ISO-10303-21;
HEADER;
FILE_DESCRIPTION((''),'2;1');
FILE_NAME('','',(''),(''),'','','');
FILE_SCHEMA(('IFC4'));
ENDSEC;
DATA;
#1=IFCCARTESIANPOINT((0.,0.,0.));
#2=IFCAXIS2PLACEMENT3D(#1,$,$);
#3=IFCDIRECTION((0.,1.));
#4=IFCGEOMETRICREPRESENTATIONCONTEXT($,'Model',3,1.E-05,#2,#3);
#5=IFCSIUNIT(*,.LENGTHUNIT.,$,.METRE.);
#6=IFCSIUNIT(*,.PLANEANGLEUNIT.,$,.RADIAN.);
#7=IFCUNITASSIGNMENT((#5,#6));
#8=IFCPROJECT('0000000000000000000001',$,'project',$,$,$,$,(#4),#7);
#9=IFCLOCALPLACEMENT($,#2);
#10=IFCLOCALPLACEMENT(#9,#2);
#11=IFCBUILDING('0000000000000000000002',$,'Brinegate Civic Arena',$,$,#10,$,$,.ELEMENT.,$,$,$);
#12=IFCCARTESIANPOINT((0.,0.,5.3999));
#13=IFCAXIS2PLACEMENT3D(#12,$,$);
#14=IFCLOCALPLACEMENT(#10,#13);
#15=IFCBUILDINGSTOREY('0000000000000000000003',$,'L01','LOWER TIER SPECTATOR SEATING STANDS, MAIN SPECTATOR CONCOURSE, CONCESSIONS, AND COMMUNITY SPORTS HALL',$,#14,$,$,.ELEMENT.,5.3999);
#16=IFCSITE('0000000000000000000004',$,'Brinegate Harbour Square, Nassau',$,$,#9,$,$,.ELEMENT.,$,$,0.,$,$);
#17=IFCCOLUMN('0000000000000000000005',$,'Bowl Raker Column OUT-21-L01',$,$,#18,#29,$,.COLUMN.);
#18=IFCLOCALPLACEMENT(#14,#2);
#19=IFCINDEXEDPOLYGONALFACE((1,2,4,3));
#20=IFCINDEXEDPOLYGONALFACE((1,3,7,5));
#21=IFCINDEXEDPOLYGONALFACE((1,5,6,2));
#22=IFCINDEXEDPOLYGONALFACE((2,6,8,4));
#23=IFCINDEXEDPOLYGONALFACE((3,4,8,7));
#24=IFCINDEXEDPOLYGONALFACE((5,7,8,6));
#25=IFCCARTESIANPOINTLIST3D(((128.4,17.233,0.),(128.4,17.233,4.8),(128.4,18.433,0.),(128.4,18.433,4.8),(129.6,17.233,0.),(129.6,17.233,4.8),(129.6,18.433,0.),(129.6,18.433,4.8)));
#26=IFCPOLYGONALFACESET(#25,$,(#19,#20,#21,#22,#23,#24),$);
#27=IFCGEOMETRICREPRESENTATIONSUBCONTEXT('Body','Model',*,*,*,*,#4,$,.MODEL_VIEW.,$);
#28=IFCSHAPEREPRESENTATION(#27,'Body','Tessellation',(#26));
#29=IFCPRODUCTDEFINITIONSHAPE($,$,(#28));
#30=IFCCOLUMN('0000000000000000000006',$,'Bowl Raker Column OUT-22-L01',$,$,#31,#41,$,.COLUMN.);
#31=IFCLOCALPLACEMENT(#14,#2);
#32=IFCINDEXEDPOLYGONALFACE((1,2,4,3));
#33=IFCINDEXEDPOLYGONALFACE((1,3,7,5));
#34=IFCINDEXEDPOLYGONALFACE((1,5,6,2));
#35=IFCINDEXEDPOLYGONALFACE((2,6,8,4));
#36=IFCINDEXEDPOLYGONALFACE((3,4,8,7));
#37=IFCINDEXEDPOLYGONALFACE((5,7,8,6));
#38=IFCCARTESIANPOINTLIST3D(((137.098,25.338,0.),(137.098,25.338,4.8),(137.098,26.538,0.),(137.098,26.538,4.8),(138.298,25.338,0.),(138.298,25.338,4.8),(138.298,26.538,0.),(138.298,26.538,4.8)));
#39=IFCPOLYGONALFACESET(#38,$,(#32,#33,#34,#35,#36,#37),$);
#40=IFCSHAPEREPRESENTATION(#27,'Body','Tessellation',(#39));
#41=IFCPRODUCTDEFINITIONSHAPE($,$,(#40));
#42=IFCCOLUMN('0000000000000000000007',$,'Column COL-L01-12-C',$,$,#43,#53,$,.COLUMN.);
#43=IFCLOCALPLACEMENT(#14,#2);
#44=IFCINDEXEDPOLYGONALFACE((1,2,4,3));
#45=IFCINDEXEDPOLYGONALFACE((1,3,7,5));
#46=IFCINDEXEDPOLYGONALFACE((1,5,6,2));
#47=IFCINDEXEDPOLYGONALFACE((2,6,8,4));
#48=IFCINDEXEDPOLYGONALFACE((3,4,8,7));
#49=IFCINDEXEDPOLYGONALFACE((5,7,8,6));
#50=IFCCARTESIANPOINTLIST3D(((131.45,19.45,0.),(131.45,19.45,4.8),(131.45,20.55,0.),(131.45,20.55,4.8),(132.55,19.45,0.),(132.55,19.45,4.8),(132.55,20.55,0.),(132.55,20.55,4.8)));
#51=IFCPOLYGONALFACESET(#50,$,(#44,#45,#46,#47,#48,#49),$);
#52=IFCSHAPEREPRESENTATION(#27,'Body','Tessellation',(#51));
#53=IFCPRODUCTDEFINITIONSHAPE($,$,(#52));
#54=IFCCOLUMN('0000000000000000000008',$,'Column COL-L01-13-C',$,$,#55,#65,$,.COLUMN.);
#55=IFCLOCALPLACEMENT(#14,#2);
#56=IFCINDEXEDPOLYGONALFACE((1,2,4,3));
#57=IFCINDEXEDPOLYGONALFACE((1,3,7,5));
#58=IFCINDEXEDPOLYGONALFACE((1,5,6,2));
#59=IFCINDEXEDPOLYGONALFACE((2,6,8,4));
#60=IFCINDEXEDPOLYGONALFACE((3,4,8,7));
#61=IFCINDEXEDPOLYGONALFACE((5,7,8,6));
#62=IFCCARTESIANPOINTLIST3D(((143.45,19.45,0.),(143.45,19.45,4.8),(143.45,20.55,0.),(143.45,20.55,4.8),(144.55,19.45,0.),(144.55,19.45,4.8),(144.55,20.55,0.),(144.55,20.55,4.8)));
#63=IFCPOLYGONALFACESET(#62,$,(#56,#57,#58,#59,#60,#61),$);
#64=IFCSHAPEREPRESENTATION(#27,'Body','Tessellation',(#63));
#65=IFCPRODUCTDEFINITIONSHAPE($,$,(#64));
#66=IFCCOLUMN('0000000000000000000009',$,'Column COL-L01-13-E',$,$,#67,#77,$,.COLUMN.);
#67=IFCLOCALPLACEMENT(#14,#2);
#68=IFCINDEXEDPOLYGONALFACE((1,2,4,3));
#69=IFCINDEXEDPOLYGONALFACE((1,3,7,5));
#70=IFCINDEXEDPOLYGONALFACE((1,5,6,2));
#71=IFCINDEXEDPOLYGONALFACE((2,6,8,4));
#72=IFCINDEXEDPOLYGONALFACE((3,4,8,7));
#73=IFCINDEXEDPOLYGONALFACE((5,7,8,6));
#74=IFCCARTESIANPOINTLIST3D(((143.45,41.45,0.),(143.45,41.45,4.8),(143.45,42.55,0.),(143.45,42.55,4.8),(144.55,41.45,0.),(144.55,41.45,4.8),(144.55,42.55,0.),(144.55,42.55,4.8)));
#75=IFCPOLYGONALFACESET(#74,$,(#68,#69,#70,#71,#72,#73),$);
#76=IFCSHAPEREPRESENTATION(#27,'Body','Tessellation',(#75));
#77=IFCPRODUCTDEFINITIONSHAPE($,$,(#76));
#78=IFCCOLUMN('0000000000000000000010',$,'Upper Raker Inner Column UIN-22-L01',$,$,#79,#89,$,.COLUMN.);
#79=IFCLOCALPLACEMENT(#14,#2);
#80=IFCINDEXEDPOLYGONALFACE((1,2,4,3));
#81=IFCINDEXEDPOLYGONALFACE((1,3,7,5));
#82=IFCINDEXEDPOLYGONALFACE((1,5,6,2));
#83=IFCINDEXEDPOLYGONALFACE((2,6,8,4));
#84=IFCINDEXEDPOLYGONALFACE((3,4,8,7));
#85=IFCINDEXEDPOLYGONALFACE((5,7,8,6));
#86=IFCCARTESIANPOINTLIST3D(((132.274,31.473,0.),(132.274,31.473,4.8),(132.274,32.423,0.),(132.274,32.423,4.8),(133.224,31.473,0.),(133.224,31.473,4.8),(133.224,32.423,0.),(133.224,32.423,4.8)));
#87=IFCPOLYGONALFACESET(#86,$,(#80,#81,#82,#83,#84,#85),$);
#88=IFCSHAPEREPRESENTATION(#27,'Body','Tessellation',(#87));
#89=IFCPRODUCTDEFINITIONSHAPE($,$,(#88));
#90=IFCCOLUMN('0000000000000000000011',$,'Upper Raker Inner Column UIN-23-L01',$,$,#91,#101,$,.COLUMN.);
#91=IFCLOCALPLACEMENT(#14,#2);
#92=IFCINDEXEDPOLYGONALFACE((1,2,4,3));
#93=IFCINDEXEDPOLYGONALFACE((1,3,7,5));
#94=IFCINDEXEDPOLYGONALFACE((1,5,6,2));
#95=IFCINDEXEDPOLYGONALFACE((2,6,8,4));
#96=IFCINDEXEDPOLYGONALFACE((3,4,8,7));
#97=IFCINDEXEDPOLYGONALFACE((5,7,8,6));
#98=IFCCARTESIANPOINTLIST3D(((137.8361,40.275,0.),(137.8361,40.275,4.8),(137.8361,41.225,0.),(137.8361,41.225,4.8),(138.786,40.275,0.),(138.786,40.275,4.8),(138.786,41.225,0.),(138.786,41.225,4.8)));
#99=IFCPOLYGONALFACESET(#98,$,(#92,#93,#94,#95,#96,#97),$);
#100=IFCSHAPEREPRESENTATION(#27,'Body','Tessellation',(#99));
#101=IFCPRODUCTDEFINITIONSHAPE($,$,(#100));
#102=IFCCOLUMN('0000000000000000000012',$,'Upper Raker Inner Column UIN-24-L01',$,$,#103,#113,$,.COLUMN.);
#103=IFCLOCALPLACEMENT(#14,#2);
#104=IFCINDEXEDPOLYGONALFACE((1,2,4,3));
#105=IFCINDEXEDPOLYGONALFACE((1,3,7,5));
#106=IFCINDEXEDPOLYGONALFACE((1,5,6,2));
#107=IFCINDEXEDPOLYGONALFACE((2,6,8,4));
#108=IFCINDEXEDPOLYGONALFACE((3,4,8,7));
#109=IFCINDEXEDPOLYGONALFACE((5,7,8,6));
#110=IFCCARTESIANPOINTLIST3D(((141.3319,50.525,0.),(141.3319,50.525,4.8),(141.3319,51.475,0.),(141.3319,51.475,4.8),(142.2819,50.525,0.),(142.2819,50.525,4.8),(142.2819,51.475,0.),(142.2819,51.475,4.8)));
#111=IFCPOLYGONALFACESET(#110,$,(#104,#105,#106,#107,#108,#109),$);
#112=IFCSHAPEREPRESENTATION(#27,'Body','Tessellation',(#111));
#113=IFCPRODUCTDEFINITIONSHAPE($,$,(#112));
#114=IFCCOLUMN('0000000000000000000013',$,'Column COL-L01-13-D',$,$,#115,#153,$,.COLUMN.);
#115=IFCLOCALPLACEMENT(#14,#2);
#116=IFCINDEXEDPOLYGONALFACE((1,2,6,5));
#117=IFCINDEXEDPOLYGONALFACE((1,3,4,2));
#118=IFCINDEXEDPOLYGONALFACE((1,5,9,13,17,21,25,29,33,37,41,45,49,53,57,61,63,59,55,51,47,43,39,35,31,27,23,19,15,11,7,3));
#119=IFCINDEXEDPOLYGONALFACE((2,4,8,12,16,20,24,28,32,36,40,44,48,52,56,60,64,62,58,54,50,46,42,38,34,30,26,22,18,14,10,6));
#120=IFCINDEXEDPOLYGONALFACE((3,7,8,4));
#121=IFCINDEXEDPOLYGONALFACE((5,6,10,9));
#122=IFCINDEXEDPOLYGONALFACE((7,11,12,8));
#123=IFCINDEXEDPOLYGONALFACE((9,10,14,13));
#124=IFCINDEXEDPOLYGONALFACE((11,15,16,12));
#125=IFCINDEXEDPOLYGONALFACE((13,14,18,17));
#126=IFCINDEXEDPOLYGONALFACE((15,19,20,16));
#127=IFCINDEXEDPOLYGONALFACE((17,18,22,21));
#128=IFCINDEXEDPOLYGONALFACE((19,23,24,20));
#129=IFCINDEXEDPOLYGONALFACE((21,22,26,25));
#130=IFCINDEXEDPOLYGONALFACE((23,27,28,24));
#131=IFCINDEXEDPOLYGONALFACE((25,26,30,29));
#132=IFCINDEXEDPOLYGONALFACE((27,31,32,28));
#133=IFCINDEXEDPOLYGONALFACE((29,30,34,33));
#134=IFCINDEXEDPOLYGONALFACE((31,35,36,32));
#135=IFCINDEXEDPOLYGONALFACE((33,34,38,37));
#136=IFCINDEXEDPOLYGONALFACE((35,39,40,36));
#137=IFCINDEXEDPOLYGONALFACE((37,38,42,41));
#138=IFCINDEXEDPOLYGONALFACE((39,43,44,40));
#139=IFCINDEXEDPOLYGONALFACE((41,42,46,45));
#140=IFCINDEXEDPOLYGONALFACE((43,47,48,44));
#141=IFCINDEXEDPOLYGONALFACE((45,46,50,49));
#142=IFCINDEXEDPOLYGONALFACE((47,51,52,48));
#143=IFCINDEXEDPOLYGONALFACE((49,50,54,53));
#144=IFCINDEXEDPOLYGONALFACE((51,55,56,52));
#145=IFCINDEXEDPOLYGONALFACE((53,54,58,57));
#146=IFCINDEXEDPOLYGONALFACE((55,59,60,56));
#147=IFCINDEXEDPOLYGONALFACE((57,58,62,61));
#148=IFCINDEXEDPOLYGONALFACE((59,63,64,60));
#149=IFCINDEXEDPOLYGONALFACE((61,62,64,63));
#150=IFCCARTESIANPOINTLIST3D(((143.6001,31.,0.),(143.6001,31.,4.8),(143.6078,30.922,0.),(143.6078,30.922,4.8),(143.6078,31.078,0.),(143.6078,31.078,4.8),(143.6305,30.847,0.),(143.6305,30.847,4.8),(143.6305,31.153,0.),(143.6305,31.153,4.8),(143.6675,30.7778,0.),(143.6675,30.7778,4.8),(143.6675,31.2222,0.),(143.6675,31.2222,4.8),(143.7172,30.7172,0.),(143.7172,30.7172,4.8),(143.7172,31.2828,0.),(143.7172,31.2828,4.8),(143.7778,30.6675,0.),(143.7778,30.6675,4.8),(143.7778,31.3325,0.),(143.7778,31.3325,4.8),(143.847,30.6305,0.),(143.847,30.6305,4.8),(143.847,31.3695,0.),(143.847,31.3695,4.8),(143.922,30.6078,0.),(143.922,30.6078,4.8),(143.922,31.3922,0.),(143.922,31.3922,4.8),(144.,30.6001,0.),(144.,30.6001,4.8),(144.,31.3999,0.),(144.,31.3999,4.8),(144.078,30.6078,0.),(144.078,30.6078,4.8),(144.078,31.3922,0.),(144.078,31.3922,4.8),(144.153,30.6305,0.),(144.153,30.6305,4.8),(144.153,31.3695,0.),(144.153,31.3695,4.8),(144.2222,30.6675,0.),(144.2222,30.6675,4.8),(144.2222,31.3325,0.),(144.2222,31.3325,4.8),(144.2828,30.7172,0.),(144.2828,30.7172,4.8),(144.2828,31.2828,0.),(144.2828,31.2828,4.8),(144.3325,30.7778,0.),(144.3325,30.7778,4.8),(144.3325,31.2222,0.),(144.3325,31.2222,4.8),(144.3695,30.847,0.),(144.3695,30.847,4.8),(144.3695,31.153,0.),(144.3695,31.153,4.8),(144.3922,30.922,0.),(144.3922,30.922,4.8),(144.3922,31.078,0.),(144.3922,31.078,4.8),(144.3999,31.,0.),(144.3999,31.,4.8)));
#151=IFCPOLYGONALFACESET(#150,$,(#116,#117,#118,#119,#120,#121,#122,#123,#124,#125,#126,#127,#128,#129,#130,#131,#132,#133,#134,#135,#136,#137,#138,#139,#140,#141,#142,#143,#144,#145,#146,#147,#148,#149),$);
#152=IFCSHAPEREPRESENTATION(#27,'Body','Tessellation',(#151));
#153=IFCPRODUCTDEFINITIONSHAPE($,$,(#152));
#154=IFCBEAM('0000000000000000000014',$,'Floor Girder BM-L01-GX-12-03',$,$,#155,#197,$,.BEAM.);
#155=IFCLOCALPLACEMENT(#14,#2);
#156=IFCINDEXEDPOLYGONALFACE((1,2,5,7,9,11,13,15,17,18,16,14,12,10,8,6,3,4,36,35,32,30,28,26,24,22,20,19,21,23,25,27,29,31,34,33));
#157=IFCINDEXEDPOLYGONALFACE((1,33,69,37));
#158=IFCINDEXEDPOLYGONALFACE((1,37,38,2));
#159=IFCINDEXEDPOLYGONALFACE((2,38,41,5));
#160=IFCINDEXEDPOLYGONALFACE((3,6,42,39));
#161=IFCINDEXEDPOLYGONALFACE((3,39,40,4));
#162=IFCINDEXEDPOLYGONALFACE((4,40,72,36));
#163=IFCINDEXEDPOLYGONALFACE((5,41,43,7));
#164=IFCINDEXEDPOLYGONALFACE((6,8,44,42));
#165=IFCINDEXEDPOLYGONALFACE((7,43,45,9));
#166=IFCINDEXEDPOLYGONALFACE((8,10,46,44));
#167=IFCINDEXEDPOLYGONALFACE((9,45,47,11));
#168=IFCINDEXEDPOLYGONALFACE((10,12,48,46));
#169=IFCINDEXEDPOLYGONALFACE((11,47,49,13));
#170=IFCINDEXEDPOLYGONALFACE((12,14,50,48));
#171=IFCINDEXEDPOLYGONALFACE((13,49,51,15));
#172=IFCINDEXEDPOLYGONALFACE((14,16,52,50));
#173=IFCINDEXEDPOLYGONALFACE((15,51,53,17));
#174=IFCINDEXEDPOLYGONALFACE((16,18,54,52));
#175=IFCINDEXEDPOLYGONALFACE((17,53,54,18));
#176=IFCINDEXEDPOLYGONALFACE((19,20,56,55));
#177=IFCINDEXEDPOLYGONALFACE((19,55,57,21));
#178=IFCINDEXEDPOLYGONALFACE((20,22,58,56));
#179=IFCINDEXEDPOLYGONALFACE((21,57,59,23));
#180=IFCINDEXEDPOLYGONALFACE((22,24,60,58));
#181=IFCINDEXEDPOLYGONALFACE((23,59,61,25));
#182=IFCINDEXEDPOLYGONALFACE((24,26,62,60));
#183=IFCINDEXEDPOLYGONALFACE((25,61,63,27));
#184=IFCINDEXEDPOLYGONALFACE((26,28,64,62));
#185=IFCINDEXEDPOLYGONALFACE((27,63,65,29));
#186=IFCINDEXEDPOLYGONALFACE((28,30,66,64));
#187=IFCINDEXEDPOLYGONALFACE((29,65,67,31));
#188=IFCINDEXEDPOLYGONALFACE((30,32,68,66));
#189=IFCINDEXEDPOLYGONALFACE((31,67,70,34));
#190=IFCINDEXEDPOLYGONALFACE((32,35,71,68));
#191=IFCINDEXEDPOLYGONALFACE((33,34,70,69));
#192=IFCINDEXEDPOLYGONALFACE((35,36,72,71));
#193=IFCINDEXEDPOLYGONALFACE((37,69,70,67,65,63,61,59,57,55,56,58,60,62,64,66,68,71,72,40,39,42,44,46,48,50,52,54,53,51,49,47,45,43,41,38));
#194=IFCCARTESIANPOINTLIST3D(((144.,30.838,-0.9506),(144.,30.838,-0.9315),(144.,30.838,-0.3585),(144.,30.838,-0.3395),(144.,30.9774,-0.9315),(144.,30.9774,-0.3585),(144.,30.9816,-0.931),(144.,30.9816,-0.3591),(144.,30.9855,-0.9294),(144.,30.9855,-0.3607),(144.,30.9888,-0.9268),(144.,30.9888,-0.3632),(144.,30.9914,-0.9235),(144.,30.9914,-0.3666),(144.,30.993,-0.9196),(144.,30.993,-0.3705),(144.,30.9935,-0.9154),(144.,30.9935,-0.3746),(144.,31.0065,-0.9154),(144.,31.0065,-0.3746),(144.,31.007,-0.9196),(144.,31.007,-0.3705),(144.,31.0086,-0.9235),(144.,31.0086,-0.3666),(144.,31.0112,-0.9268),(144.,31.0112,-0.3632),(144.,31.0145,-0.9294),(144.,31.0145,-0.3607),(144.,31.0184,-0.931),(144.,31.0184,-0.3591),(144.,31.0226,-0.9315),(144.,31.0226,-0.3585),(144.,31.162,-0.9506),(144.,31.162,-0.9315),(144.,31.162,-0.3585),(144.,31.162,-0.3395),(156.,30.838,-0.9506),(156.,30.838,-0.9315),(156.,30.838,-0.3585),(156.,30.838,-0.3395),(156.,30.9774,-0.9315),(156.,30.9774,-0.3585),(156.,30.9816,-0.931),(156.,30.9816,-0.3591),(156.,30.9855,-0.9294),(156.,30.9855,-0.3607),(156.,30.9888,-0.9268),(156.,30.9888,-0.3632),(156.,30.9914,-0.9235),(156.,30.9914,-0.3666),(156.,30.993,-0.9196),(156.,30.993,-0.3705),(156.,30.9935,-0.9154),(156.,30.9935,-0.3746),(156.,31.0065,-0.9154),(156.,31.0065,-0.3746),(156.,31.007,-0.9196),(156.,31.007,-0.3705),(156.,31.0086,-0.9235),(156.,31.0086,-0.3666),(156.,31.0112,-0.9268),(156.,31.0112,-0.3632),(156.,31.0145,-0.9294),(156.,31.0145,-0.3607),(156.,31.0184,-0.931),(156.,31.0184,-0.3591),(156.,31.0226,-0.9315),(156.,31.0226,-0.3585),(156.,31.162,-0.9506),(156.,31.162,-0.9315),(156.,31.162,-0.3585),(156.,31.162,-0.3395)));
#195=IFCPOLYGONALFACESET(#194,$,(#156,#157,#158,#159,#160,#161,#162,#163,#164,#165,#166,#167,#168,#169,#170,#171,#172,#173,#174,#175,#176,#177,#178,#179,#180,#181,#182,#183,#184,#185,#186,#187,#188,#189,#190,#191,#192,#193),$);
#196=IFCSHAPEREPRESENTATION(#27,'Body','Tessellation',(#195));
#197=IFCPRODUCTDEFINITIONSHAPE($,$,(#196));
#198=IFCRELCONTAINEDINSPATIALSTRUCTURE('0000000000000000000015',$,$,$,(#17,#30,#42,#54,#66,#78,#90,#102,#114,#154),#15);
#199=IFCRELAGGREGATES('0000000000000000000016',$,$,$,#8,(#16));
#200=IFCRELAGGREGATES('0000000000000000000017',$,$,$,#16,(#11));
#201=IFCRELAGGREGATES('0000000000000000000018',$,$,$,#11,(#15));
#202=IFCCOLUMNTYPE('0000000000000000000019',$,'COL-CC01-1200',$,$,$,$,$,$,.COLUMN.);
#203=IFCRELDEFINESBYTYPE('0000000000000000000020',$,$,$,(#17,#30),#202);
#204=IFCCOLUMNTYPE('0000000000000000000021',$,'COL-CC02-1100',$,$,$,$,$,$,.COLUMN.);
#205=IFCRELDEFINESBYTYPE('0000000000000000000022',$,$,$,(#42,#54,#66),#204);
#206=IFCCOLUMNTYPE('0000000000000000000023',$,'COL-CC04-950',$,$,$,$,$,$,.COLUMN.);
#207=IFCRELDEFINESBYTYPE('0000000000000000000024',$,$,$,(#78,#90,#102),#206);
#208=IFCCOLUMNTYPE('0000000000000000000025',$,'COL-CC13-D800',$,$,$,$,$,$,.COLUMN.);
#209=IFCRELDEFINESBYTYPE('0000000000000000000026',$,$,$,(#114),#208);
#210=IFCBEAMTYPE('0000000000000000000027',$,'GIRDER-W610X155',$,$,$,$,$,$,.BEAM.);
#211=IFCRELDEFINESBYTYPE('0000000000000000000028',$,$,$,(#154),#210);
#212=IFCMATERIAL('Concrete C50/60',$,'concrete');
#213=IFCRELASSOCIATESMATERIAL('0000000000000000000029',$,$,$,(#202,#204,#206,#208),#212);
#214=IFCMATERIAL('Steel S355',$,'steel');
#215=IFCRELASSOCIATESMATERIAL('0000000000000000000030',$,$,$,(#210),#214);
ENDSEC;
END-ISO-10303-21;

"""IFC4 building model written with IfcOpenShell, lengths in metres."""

from ifc_helpers import new_model, si_unit, direction, frame, origin, origin_2d, place, context, subcontext, project, spatial, rectangle, circle, i_section, extrude, material, material_profile, profile_set, type_object, element, save


model = new_model("IFC4")

# Units and contexts
model_context = context("Model", 3, precision=1e-05, world=origin(), true_north=direction((0.0, 1.0)))
body_context = subcontext(model_context, "Body", "Model", "MODEL_VIEW")
ifc_project = project(units=[si_unit("LENGTHUNIT", "METRE"), si_unit("PLANEANGLEUNIT", "RADIAN")], contexts=[model_context])

# Site, building, storey
site_placement = place(None, origin())
site = spatial("IfcSite", under=ifc_project, at=site_placement, Name="Brinegate Harbour Square, Nassau", CompositionType="ELEMENT", RefElevation=0.0)
building_placement = place(site_placement, origin())
building = spatial("IfcBuilding", under=site, at=building_placement, Name="Brinegate Civic Arena", CompositionType="ELEMENT")
storey_placement = place(building_placement, frame((0.0, 0.0, 5.3999)))
storey = spatial("IfcBuildingStorey", under=building, at=storey_placement, Name="L01", Description="LOWER TIER SPECTATOR SEATING STANDS, MAIN SPECTATOR CONCOURSE, CONCESSIONS, AND COMMUNITY SPORTS HALL", CompositionType="ELEMENT", Elevation=5.3999)

# Columns
ifc_material_1 = material(Name="Concrete C50/60", Category="concrete")
ifc_material_profile_1 = material_profile(ifc_material_1, rectangle(XDim=1.2, YDim=1.2, at=origin_2d()), Name="RC1200X1200")
ifc_profile_set_1 = profile_set([ifc_material_profile_1], Name="Concrete C50/60")
column_type_1 = type_object("IfcColumnType", Name="COL-CC01-1200", PredefinedType="COLUMN", material=ifc_profile_set_1)
for number, where, z_axis, x_axis, name in (
    (1, (129.0, 17.833, 0.0), (0.0, 0.0, 1.0), (1.0, 0.0, 0.0), "Bowl Raker Column OUT-21-L01"),
    (2, (137.698, 25.938, 0.0), (0.0, 0.0, 1.0), (1.0, 0.0, 0.0), "Bowl Raker Column OUT-22-L01"),
):
    element("IfcColumn", number, at=place(storey_placement, frame(where, z_axis=z_axis, x_axis=x_axis)), inside=storey, type_object=column_type_1, Name=name, PredefinedType="COLUMN", context=body_context, shape_type="SweptSolid", body=[
        extrude(rectangle(XDim=1.2, YDim=1.2, at=origin_2d()), origin(), (0.0, 0.0, 1.0), 4.8),
    ])
ifc_material_profile_2 = material_profile(ifc_material_1, rectangle(XDim=1.1001, YDim=1.1001, at=origin_2d()), Name="RC1100X1100")
ifc_profile_set_2 = profile_set([ifc_material_profile_2], Name="Concrete C50/60")
column_type_2 = type_object("IfcColumnType", Name="COL-CC02-1100", PredefinedType="COLUMN", material=ifc_profile_set_2)
for number, where, z_axis, x_axis, name in (
    (3, (132.0, 20.0, 0.0), (0.0, 0.0, 1.0), (1.0, 0.0, 0.0), "Column COL-L01-12-C"),
    (4, (144.0, 20.0, 0.0), (0.0, 0.0, 1.0), (1.0, 0.0, 0.0), "Column COL-L01-13-C"),
    (5, (144.0, 42.0, 0.0), (0.0, 0.0, 1.0), (1.0, 0.0, 0.0), "Column COL-L01-13-E"),
):
    element("IfcColumn", number, at=place(storey_placement, frame(where, z_axis=z_axis, x_axis=x_axis)), inside=storey, type_object=column_type_2, Name=name, PredefinedType="COLUMN", context=body_context, shape_type="SweptSolid", body=[
        extrude(rectangle(XDim=1.1001, YDim=1.1001, at=origin_2d()), origin(), (0.0, 0.0, 1.0), 4.8),
    ])
ifc_material_profile_3 = material_profile(ifc_material_1, rectangle(XDim=0.95, YDim=0.95, at=origin_2d()), Name="RC950X950")
ifc_profile_set_3 = profile_set([ifc_material_profile_3], Name="Concrete C50/60")
column_type_3 = type_object("IfcColumnType", Name="COL-CC04-950", PredefinedType="COLUMN", material=ifc_profile_set_3)
for number, where, z_axis, x_axis, name in (
    (6, (132.749, 31.948, 0.0), (0.0, 0.0, 1.0), (1.0, 0.0, 0.0), "Upper Raker Inner Column UIN-22-L01"),
    (7, (138.311, 40.75, 0.0), (0.0, 0.0, 1.0), (1.0, 0.0, 0.0), "Upper Raker Inner Column UIN-23-L01"),
    (8, (141.8069, 51.0, 0.0), (0.0, 0.0, 1.0), (1.0, 0.0, 0.0), "Upper Raker Inner Column UIN-24-L01"),
):
    element("IfcColumn", number, at=place(storey_placement, frame(where, z_axis=z_axis, x_axis=x_axis)), inside=storey, type_object=column_type_3, Name=name, PredefinedType="COLUMN", context=body_context, shape_type="SweptSolid", body=[
        extrude(rectangle(XDim=0.95, YDim=0.95, at=origin_2d()), origin(), (0.0, 0.0, 1.0), 4.8),
    ])
ifc_material_profile_4 = material_profile(ifc_material_1, circle(Radius=0.3999, at=origin_2d()), Name="RCD800")
ifc_profile_set_4 = profile_set([ifc_material_profile_4], Name="Concrete C50/60")
column_type_4 = type_object("IfcColumnType", Name="COL-CC13-D800", PredefinedType="COLUMN", material=ifc_profile_set_4)
column_placement = place(storey_placement, frame((144.0, 31.0, 0.0), z_axis=(0.0, 0.0, 1.0), x_axis=(1.0, 0.0, 0.0)))
element("IfcColumn", 9, at=column_placement, inside=storey, type_object=column_type_4, Name="Column COL-L01-13-D", PredefinedType="COLUMN", context=body_context, shape_type="SweptSolid", body=[
    extrude(circle(Radius=0.3999, at=origin_2d()), origin(), (0.0, 0.0, 1.0), 4.8),
])

# Beam
ifc_material_2 = material(Name="Steel S355", Category="steel")
ifc_material_profile_5 = material_profile(ifc_material_2, i_section(OverallWidth=0.324, OverallDepth=0.6111, WebThickness=0.0129, FlangeThickness=0.019, FilletRadius=0.0161, at=origin_2d()), Name="W610X155")
ifc_profile_set_5 = profile_set([ifc_material_profile_5], Name="Steel S355")
beam_type_1 = type_object("IfcBeamType", Name="GIRDER-W610X155", PredefinedType="BEAM", material=ifc_profile_set_5)
beam_1_placement = place(storey_placement, frame((144.0, 31.0, -0.645), z_axis=(1.0, 0.0, 0.0), x_axis=(0.0, 1.0, 0.0)))
element("IfcBeam", 10, at=beam_1_placement, inside=storey, type_object=beam_type_1, Name="Floor Girder BM-L01-GX-12-03", PredefinedType="BEAM", context=body_context, shape_type="SweptSolid", body=[
    extrude(i_section(OverallWidth=0.324, OverallDepth=0.6111, WebThickness=0.0129, FlangeThickness=0.019, FilletRadius=0.0161, at=origin_2d()), origin(), (0.0, 0.0, 1.0), 12.0),
])

save(model, "model.ifc")
